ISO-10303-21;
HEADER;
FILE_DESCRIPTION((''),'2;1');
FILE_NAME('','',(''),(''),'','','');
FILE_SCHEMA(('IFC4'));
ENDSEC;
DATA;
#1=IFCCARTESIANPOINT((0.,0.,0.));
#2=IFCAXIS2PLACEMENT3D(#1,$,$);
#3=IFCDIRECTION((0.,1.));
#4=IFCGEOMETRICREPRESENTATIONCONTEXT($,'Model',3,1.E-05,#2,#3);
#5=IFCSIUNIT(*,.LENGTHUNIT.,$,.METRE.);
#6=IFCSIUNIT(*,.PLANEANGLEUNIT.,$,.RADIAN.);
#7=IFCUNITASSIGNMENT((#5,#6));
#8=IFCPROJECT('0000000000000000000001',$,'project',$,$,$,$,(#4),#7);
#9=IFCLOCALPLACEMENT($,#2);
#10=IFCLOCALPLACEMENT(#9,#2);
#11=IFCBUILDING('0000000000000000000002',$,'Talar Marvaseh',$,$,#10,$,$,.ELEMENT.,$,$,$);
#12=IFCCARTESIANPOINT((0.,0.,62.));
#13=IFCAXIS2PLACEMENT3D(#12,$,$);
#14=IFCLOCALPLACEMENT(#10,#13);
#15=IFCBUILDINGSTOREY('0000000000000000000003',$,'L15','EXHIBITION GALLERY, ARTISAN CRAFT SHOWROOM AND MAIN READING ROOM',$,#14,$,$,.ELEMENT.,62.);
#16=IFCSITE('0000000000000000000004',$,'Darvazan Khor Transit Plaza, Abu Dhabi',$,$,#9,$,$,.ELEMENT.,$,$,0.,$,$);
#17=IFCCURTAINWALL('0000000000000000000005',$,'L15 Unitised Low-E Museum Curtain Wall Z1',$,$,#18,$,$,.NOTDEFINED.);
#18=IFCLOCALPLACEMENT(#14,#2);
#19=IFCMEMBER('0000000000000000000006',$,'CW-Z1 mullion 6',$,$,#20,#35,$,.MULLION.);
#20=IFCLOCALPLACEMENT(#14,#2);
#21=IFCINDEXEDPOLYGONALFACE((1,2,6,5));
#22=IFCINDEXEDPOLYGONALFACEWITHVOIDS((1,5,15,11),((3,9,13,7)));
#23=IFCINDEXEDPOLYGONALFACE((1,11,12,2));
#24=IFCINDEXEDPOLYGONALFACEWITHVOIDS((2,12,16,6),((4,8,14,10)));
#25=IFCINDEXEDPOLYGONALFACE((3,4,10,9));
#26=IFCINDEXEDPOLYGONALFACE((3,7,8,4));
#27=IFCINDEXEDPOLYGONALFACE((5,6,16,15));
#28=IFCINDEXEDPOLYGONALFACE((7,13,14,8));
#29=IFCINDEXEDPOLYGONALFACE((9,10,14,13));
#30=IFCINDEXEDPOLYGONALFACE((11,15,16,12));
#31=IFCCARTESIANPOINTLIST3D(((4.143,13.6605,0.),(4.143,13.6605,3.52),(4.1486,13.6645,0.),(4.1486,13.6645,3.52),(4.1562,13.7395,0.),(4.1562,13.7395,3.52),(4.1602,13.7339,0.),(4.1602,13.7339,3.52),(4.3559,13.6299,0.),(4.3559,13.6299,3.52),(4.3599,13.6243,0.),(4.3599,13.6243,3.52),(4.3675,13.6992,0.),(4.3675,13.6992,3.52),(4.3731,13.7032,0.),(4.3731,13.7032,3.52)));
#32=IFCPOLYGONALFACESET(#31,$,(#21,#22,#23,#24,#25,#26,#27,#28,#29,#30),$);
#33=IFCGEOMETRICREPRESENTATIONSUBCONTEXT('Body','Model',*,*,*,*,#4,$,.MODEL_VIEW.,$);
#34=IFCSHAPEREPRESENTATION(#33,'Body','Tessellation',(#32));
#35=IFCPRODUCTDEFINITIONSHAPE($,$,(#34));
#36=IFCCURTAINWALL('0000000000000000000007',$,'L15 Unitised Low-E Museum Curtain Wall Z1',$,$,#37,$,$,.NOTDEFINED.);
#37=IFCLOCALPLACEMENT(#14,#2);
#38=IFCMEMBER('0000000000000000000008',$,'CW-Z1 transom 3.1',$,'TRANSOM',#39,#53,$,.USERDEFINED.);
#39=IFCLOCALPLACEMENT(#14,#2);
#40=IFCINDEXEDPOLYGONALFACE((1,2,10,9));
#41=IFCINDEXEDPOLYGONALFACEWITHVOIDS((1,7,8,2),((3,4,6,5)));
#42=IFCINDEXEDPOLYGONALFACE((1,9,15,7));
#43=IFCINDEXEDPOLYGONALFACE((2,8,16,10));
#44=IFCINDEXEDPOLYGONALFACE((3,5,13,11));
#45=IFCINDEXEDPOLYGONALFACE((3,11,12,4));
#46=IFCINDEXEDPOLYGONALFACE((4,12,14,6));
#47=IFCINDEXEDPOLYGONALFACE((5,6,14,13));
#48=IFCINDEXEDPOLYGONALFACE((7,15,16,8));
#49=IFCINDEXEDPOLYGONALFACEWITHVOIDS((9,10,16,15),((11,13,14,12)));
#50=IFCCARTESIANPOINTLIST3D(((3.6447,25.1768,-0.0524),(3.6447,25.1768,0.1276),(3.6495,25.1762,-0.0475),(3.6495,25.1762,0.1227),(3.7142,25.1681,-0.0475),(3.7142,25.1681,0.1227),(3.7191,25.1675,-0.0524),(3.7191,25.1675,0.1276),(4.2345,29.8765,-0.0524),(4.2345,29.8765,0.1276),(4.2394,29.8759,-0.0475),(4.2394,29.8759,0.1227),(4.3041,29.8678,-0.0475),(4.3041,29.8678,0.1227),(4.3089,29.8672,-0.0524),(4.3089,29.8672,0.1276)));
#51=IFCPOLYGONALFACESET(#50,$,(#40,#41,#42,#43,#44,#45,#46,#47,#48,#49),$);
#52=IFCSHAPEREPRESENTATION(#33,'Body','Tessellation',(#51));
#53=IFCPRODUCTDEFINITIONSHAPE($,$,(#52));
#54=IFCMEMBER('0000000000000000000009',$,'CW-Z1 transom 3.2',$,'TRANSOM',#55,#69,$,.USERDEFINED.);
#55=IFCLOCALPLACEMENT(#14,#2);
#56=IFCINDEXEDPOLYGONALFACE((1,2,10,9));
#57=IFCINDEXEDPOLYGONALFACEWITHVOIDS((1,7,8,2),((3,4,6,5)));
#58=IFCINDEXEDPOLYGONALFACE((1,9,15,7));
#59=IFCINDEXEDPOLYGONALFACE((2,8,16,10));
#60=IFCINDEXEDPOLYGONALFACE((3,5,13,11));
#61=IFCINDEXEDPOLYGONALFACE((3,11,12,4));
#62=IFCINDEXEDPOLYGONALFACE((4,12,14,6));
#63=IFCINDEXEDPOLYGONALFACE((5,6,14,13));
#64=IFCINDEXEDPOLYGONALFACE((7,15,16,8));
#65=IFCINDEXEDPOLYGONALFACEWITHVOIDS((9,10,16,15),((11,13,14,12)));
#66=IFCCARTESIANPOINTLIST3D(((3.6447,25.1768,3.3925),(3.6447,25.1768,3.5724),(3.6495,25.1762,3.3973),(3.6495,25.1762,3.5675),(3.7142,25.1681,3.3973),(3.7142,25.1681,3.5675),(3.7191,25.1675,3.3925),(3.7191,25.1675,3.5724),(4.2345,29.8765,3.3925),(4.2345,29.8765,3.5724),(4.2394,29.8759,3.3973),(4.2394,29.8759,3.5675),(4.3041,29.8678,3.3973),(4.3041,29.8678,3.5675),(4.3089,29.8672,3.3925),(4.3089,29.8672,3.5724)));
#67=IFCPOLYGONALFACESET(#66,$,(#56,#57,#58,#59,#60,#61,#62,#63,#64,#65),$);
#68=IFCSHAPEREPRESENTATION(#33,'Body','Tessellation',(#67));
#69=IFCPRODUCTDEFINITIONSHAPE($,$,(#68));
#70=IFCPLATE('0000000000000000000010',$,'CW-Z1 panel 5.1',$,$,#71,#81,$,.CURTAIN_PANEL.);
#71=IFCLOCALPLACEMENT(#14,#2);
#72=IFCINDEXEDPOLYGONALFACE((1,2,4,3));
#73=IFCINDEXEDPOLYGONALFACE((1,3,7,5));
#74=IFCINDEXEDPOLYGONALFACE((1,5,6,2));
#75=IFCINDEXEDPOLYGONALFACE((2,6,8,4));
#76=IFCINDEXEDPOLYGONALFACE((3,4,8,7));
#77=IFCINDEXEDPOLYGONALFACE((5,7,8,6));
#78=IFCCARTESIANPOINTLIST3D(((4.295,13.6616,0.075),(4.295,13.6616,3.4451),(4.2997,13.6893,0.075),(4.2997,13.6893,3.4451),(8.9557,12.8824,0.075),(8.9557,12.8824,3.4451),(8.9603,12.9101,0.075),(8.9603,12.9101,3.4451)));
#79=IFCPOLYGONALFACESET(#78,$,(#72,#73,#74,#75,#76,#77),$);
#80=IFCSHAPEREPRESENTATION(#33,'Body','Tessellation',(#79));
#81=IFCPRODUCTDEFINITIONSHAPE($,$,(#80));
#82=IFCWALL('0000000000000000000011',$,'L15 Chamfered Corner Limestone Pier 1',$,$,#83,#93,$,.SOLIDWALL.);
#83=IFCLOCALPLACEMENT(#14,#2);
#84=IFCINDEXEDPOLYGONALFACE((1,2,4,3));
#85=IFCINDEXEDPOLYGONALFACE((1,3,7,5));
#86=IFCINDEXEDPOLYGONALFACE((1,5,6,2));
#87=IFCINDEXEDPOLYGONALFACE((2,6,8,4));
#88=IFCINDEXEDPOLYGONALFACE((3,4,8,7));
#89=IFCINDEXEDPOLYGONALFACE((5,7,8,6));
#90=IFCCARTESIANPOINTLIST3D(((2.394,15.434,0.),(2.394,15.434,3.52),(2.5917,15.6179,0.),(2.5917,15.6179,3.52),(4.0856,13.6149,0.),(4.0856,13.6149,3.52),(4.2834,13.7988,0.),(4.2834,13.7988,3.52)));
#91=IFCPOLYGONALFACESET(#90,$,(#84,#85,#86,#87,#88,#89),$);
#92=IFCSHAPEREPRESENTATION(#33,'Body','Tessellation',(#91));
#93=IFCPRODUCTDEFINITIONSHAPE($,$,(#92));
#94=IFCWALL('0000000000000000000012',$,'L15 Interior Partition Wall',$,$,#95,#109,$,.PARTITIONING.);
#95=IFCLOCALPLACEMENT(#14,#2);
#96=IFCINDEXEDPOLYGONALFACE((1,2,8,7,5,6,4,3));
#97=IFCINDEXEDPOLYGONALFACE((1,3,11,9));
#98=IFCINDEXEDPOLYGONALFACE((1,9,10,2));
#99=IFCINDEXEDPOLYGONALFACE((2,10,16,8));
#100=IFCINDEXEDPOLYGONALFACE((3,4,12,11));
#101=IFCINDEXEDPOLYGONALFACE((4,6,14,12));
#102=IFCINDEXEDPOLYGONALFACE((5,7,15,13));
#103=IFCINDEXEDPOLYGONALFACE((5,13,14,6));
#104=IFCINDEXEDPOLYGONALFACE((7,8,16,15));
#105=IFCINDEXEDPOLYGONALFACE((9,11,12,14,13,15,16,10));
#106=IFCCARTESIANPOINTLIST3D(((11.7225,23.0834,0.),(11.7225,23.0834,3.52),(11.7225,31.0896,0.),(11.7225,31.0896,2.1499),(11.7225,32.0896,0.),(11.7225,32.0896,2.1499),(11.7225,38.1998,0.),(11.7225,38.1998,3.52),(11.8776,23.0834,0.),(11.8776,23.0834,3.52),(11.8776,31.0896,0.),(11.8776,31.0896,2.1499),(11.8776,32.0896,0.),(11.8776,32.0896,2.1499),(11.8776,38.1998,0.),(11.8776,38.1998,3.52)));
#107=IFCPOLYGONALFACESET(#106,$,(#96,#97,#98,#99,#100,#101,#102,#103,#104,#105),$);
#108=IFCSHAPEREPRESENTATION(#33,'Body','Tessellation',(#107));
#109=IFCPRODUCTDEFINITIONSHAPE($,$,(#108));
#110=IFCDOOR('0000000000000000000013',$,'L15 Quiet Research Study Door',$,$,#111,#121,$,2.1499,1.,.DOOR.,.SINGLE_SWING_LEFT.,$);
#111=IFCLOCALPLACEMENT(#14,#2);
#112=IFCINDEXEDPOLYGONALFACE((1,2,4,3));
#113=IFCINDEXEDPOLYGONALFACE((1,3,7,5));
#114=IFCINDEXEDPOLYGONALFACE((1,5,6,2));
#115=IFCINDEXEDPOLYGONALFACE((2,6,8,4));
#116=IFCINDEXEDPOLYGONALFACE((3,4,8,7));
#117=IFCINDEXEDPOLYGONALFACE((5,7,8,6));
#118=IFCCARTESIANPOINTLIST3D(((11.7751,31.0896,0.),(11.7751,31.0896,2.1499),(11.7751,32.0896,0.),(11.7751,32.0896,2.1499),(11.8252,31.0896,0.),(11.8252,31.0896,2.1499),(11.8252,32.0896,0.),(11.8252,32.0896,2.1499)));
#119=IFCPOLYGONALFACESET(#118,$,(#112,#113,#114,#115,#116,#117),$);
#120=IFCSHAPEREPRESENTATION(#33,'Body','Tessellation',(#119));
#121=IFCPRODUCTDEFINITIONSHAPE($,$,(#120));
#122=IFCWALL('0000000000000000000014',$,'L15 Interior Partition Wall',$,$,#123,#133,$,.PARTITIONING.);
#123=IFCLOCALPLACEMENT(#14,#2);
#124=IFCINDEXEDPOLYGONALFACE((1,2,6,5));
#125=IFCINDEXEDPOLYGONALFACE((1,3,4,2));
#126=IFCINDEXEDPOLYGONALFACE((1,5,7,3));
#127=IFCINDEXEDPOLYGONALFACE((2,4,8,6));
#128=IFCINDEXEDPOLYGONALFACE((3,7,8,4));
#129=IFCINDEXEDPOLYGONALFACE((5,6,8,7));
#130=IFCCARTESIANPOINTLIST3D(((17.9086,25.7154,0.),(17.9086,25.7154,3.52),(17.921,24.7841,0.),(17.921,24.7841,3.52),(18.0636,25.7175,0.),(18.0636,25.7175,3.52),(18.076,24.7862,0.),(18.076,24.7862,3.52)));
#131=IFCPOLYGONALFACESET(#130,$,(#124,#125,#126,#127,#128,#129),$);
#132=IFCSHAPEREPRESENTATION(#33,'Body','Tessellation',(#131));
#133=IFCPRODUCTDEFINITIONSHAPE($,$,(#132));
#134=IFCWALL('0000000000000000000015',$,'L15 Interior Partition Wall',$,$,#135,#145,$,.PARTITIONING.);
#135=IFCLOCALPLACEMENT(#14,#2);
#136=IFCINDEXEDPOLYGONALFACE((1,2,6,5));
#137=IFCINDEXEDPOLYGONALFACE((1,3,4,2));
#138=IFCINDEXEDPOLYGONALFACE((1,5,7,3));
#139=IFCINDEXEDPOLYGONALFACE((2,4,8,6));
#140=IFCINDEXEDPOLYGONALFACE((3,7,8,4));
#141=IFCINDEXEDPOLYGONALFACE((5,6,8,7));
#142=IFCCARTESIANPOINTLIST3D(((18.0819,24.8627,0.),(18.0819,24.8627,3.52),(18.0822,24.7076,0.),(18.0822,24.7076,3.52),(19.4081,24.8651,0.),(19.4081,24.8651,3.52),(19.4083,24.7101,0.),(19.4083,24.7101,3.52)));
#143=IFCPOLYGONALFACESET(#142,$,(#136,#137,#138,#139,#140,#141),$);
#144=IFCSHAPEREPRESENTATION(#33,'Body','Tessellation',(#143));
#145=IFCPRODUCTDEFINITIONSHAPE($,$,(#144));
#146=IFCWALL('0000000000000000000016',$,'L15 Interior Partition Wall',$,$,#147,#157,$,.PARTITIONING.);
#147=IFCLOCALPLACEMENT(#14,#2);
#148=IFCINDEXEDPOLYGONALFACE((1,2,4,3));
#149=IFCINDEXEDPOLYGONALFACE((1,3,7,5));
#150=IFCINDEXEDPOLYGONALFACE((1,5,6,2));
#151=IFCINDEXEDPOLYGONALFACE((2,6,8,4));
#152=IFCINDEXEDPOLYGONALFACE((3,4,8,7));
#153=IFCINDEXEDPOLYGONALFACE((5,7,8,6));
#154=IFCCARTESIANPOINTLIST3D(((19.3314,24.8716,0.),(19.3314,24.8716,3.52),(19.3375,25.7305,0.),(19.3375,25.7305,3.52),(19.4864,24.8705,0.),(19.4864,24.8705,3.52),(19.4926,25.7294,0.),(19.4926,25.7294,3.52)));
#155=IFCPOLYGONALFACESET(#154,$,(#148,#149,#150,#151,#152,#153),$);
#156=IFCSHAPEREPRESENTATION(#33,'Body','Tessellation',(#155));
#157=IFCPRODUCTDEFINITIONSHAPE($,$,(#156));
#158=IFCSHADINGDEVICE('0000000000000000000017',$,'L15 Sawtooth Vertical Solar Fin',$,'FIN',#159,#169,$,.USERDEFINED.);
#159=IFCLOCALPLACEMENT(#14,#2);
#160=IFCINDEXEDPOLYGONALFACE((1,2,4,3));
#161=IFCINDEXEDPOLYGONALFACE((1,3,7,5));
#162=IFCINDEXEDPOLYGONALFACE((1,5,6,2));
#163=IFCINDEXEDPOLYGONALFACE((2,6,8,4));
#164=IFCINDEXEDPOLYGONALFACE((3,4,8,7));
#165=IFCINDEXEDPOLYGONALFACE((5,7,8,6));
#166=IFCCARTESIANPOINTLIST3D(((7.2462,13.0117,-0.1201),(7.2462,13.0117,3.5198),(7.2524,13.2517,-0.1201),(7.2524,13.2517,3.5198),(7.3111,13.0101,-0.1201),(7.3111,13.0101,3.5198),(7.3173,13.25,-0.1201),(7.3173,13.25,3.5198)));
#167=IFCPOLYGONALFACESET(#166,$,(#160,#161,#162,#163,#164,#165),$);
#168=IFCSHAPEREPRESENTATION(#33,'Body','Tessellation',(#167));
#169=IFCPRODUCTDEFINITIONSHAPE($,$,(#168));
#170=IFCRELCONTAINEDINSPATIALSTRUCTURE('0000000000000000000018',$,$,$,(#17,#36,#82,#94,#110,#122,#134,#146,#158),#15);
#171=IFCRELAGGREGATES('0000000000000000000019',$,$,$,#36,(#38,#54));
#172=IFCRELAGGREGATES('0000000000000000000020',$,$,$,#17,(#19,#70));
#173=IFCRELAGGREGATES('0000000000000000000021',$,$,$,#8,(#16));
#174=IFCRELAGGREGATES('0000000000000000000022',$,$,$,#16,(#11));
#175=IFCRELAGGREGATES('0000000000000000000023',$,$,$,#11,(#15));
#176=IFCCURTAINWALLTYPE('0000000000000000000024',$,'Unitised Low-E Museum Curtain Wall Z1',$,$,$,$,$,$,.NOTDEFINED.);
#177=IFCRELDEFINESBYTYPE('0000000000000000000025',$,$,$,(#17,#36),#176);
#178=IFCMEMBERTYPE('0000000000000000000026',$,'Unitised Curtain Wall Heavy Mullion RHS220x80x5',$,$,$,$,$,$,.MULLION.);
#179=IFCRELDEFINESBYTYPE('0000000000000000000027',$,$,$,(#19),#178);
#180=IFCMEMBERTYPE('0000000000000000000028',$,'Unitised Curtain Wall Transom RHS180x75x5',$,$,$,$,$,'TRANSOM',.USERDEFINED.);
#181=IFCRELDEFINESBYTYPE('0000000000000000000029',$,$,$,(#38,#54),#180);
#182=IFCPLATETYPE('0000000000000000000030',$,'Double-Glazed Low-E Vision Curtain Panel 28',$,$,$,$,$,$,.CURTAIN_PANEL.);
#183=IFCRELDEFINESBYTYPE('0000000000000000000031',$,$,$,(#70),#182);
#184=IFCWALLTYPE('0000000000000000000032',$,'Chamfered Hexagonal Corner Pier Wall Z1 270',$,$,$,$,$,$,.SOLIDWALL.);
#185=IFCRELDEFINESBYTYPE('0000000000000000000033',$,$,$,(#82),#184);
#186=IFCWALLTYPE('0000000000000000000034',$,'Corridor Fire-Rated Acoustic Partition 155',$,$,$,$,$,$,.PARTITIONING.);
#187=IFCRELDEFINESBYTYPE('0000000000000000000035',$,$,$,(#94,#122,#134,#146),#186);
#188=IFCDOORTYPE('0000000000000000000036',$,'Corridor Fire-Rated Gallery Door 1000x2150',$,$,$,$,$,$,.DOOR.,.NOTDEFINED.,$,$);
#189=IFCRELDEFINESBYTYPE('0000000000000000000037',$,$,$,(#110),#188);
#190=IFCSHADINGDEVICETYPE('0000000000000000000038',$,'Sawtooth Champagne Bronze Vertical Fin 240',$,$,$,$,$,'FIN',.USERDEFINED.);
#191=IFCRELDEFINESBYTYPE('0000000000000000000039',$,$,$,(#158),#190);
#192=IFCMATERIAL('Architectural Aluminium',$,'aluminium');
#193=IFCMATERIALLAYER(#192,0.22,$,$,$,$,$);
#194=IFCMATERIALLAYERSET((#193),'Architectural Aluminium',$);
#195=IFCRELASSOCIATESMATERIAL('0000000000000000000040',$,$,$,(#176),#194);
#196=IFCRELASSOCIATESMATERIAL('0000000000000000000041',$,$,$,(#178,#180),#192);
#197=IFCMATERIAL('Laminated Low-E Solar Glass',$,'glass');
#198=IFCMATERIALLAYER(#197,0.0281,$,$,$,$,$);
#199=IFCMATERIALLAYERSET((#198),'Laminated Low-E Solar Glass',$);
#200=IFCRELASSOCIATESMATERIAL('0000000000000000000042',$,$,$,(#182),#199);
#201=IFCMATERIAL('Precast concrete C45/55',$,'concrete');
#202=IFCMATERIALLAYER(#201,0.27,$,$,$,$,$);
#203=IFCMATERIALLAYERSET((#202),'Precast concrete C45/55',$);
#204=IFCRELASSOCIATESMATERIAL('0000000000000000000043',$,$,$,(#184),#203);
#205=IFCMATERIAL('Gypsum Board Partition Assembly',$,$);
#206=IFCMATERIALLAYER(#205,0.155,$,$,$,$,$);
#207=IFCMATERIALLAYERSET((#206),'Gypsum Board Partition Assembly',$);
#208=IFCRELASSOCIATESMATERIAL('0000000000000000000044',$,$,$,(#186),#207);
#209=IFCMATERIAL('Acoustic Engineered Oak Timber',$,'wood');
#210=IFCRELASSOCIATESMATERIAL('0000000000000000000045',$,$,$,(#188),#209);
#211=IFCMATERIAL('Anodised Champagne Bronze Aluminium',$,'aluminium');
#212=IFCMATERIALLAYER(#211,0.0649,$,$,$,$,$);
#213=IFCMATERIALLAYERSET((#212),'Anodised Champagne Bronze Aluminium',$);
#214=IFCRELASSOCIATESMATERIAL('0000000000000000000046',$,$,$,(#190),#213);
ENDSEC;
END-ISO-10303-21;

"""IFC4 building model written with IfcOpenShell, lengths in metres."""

from ifc_helpers import new_model, si_unit, direction, frame, frame_2d, origin, origin_2d, place, context, subcontext, project, spatial, rectangle, hollow_rectangle, extrude, source, transform, mapped, material, layer, layer_set, material_profile, profile_set, type_object, type_shapes, element, fill, aggregate, save


model = new_model("IFC4")

# Units and contexts
model_context = context("Model", 3, precision=1e-05, world=origin(), true_north=direction((0.0, 1.0)))
body_context = subcontext(model_context, "Body", "Model", "MODEL_VIEW")
ifc_project = project(units=[si_unit("LENGTHUNIT", "METRE"), si_unit("PLANEANGLEUNIT", "RADIAN")], contexts=[model_context])

# Site, building, storey
site_placement = place(None, origin())
site = spatial("IfcSite", under=ifc_project, at=site_placement, Name="Darvazan Khor Transit Plaza, Abu Dhabi", CompositionType="ELEMENT", RefElevation=0.0)
building_placement = place(site_placement, origin())
building = spatial("IfcBuilding", under=site, at=building_placement, Name="Talar Marvaseh", CompositionType="ELEMENT")
storey_placement = place(building_placement, frame((0.0, 0.0, 62.0)))
storey = spatial("IfcBuildingStorey", under=building, at=storey_placement, Name="L15", Description="EXHIBITION GALLERY, ARTISAN CRAFT SHOWROOM AND MAIN READING ROOM", CompositionType="ELEMENT", Elevation=62.0)

# Curtain wall, member
ifc_material_1 = material(Name="Architectural Aluminium", Category="aluminium")
ifc_layer_1 = layer(ifc_material_1, 0.22)
ifc_layer_set_1 = layer_set([ifc_layer_1], Name="Architectural Aluminium")
curtain_wall_type = type_object("IfcCurtainWallType", Name="Unitised Low-E Museum Curtain Wall Z1", PredefinedType="NOTDEFINED", material=ifc_layer_set_1)
curtain_wall_1_placement = place(storey_placement, origin())
curtain_wall_1 = element("IfcCurtainWall", 1, at=curtain_wall_1_placement, inside=storey, type_object=curtain_wall_type, Name="L15 Unitised Low-E Museum Curtain Wall Z1", PredefinedType="NOTDEFINED")
ifc_material_profile_1 = material_profile(ifc_material_1, hollow_rectangle(XDim=0.0801, YDim=0.22, WallThickness=0.0049, at=origin_2d()), Name="RHS220x80x5")
ifc_profile_set_1 = profile_set([ifc_material_profile_1], Name="Architectural Aluminium")
member_type_1 = type_object("IfcMemberType", Name="Unitised Curtain Wall Heavy Mullion RHS220x80x5", PredefinedType="MULLION", material=ifc_profile_set_1)
shared_shape_1 = source(origin(), body_context, "Body", "SweptSolid", [
    extrude(hollow_rectangle(XDim=0.0801, YDim=0.22, WallThickness=0.0049, at=origin_2d()), origin(), (0.0, 0.0, 1.0), 3.52),
])
type_shapes(member_type_1, [shared_shape_1])
member_1_placement = place(storey_placement, frame((4.2581, 13.6819, 0.0), z_axis=(0.0, 0.0, 1.0), x_axis=(-0.164896, -0.986311, 0.0)))
member_1 = element("IfcMember", 2, at=member_1_placement, type_object=member_type_1, Name="CW-Z1 mullion 6", PredefinedType="MULLION", context=body_context, shape_type="MappedRepresentation", body=[
    mapped(shared_shape_1, transform((0.0, 0.0, 0.0), x_axis=(1.0, 0.0, 0.0), y_axis=(0.0, 1.0, 0.0), z_axis=(0.0, 0.0, 1.0), scale=1.0)),
])

# Curtain wall, members
curtain_wall_2_placement = place(storey_placement, origin())
curtain_wall_2 = element("IfcCurtainWall", 3, at=curtain_wall_2_placement, inside=storey, type_object=curtain_wall_type, Name="L15 Unitised Low-E Museum Curtain Wall Z1", PredefinedType="NOTDEFINED")
ifc_material_profile_2 = material_profile(ifc_material_1, hollow_rectangle(XDim=0.075, YDim=0.1799, WallThickness=0.0049, at=origin_2d()), Name="RHS180x75x5")
ifc_profile_set_2 = profile_set([ifc_material_profile_2], Name="Architectural Aluminium")
member_type_2 = type_object("IfcMemberType", Name="Unitised Curtain Wall Transom RHS180x75x5", ElementType="TRANSOM", PredefinedType="USERDEFINED", material=ifc_profile_set_2)
shared_shape_2 = source(origin(), body_context, "Body", "SweptSolid", [
    extrude(hollow_rectangle(XDim=0.075, YDim=0.1799, WallThickness=0.0049, at=origin_2d()), origin(), (0.0, 0.0, 1.0), 4.7366),
])
type_shapes(member_type_2, [shared_shape_2])
member_2_placement = place(storey_placement, frame((3.6819, 25.1721, 0.0376), z_axis=(0.12453, 0.992216, 0.0), x_axis=(-0.992216, 0.12453, 0.0)))
member_2 = element("IfcMember", 4, at=member_2_placement, type_object=member_type_2, Name="CW-Z1 transom 3.1", ObjectType="TRANSOM", PredefinedType="USERDEFINED", context=body_context, shape_type="MappedRepresentation", body=[
    mapped(shared_shape_2, transform((0.0, 0.0, 0.0), x_axis=(1.0, 0.0, 0.0), y_axis=(0.0, 1.0, 0.0), z_axis=(0.0, 0.0, 1.0), scale=1.0)),
])
member_3_placement = place(storey_placement, frame((3.6819, 25.1721, 3.4824), z_axis=(0.12453, 0.992216, 0.0), x_axis=(-0.992216, 0.12453, 0.0)))
member_3 = element("IfcMember", 5, at=member_3_placement, type_object=member_type_2, Name="CW-Z1 transom 3.2", ObjectType="TRANSOM", PredefinedType="USERDEFINED", context=body_context, shape_type="MappedRepresentation", body=[
    mapped(shared_shape_2, transform((0.0, 0.0, 0.0), x_axis=(1.0, 0.0, 0.0), y_axis=(0.0, 1.0, 0.0), z_axis=(0.0, 0.0, 1.0), scale=1.0)),
])
aggregate(curtain_wall_2, [member_2, member_3])

# Plate
ifc_material_2 = material(Name="Laminated Low-E Solar Glass", Category="glass")
ifc_layer_2 = layer(ifc_material_2, 0.0281)
ifc_layer_set_2 = layer_set([ifc_layer_2], Name="Laminated Low-E Solar Glass")
plate_type = type_object("IfcPlateType", Name="Double-Glazed Low-E Vision Curtain Panel 28", PredefinedType="CURTAIN_PANEL", material=ifc_layer_set_2)
shared_shape_3 = source(origin(), body_context, "Body", "SweptSolid", [
    extrude(rectangle(XDim=4.7253, YDim=0.0281, at=origin_2d()), origin(), (0.0, 0.0, 1.0), 3.3701),
])
type_shapes(plate_type, [shared_shape_3])
plate_placement = place(storey_placement, frame((6.6277, 13.2859, 0.075), z_axis=(0.0, 0.0, 1.0), x_axis=(-0.986311, 0.164896, 0.0)))
plate = element("IfcPlate", 6, at=plate_placement, type_object=plate_type, Name="CW-Z1 panel 5.1", PredefinedType="CURTAIN_PANEL", context=body_context, shape_type="MappedRepresentation", body=[
    mapped(shared_shape_3, transform((0.0, 0.0, 0.0), x_axis=(1.0, 0.0, 0.0), y_axis=(0.0, 1.0, 0.0), z_axis=(0.0, 0.0, 1.0), scale=1.0)),
])
aggregate(curtain_wall_1, [member_1, plate])

# Wall
ifc_material_3 = material(Name="Precast concrete C45/55", Category="concrete")
ifc_layer_3 = layer(ifc_material_3, 0.27)
ifc_layer_set_3 = layer_set([ifc_layer_3], Name="Precast concrete C45/55")
wall_type_1 = type_object("IfcWallType", Name="Chamfered Hexagonal Corner Pier Wall Z1 270", PredefinedType="SOLIDWALL", material=ifc_layer_set_3)
wall_1_placement = place(storey_placement, frame((4.1846, 13.7068, 0.0), z_axis=(0.0, 0.0, 1.0), x_axis=(-0.68099, 0.732293, 0.0)))
element("IfcWall", 7, at=wall_1_placement, inside=storey, type_object=wall_type_1, Name="L15 Chamfered Corner Limestone Pier 1", PredefinedType="SOLIDWALL", context=body_context, shape_type="SweptSolid", body=[
    extrude(rectangle(XDim=2.4841, YDim=0.27, at=frame_2d((1.2422, 0.0))), origin(), (0.0, 0.0, 1.0), 3.52),
])

# Wall, opening, door
ifc_material_4 = material(Name="Gypsum Board Partition Assembly")
ifc_layer_4 = layer(ifc_material_4, 0.155)
ifc_layer_set_4 = layer_set([ifc_layer_4], Name="Gypsum Board Partition Assembly")
wall_type_2 = type_object("IfcWallType", Name="Corridor Fire-Rated Acoustic Partition 155", PredefinedType="PARTITIONING", material=ifc_layer_set_4)
wall_2_placement = place(storey_placement, frame((11.8, 23.0835, 0.0), z_axis=(0.0, 0.0, 1.0), x_axis=(0.0, 1.0, 0.0)))
wall_2 = element("IfcWall", 8, at=wall_2_placement, inside=storey, type_object=wall_type_2, Name="L15 Interior Partition Wall", PredefinedType="PARTITIONING", context=body_context, shape_type="SweptSolid", body=[
    extrude(rectangle(XDim=15.1165, YDim=0.155, at=frame_2d((7.5581, 0.0))), origin(), (0.0, 0.0, 1.0), 3.52),
])
opening_placement = place(wall_2_placement, frame((8.0061, 0.0, 0.0)))
opening = element("IfcOpeningElement", 9, at=opening_placement, cuts=wall_2, PredefinedType="OPENING", context=body_context, shape_type="SweptSolid", body=[
    extrude(rectangle(XDim=1.0, YDim=2.1499, at=frame_2d((0.5, 1.075))), frame((0.0, 0.0874, 0.0), z_axis=(0.0, -1.0, 0.0), x_axis=(1.0, 0.0, 0.0)), (0.0, 0.0, 1.0), 0.175),
])
ifc_material_5 = material(Name="Acoustic Engineered Oak Timber", Category="wood")
door_type = type_object("IfcDoorType", Name="Corridor Fire-Rated Gallery Door 1000x2150", OperationType="NOTDEFINED", PredefinedType="DOOR", material=ifc_material_5)
shared_shape_4 = source(origin(), body_context, "Body", "SweptSolid", [
    extrude(rectangle(XDim=1.0, YDim=2.1499, at=frame_2d((0.5, 1.075))), frame((0.0, 0.0249, 0.0), z_axis=(0.0, -1.0, 0.0), x_axis=(1.0, 0.0, 0.0)), (0.0, 0.0, 1.0), 0.05),
])
type_shapes(door_type, [shared_shape_4])
door_placement = place(opening_placement, origin())
door = element("IfcDoor", 10, at=door_placement, inside=storey, type_object=door_type, Name="L15 Quiet Research Study Door", OperationType="SINGLE_SWING_LEFT", OverallHeight=2.1499, OverallWidth=1.0, PredefinedType="DOOR", context=body_context, shape_type="MappedRepresentation", body=[
    mapped(shared_shape_4, transform((0.0, 0.0, 0.0), x_axis=(1.0, 0.0, 0.0), y_axis=(0.0, 1.0, 0.0), z_axis=(0.0, 0.0, 1.0), scale=1.0)),
])
fill(opening, door)

# Walls
wall_3_placement = place(storey_placement, frame((17.9861, 25.7166, 0.0), z_axis=(0.0, 0.0, 1.0), x_axis=(0.013367, -0.999911, 0.0)))
element("IfcWall", 11, at=wall_3_placement, inside=storey, type_object=wall_type_2, Name="L15 Interior Partition Wall", PredefinedType="PARTITIONING", context=body_context, shape_type="SweptSolid", body=[
    extrude(rectangle(XDim=0.9314, YDim=0.155, at=frame_2d((0.4658, 0.0))), origin(), (0.0, 0.0, 1.0), 3.52),
])
wall_4_placement = place(storey_placement, frame((18.082, 24.7852, 0.0), z_axis=(0.0, 0.0, 1.0), x_axis=(0.999998, 0.001841, 0.0)))
element("IfcWall", 12, at=wall_4_placement, inside=storey, type_object=wall_type_2, Name="L15 Interior Partition Wall", PredefinedType="PARTITIONING", context=body_context, shape_type="SweptSolid", body=[
    extrude(rectangle(XDim=1.3262, YDim=0.155, at=frame_2d((0.6631, 0.0))), origin(), (0.0, 0.0, 1.0), 3.52),
])
wall_5_placement = place(storey_placement, frame((19.4089, 24.8711, 0.0), z_axis=(0.0, 0.0, 1.0), x_axis=(0.007106, 0.999975, 0.0)))
element("IfcWall", 13, at=wall_5_placement, inside=storey, type_object=wall_type_2, Name="L15 Interior Partition Wall", PredefinedType="PARTITIONING", context=body_context, shape_type="SweptSolid", body=[
    extrude(rectangle(XDim=0.8589, YDim=0.155, at=frame_2d((0.4294, 0.0))), origin(), (0.0, 0.0, 1.0), 3.52),
])

# Shading device
ifc_material_6 = material(Name="Anodised Champagne Bronze Aluminium", Category="aluminium")
ifc_layer_5 = layer(ifc_material_6, 0.0649)
ifc_layer_set_5 = layer_set([ifc_layer_5], Name="Anodised Champagne Bronze Aluminium")
shading_device_type = type_object("IfcShadingDeviceType", Name="Sawtooth Champagne Bronze Vertical Fin 240", ElementType="FIN", PredefinedType="USERDEFINED", material=ifc_layer_set_5)
shared_shape_5 = source(origin(), body_context, "Body", "SweptSolid", [
    extrude(rectangle(XDim=0.24, YDim=0.0649, at=origin_2d()), origin(), (0.0, 0.0, 1.0), 3.6399),
])
type_shapes(shading_device_type, [shared_shape_5])
for number, where, z_axis, x_axis, name in (
    (14, (7.2817, 13.1309, -0.1201), (0.0, 0.0, 1.0), (-0.026002, -0.999662, 0.0), "L15 Sawtooth Vertical Solar Fin"),
):
    element("IfcShadingDevice", number, at=place(storey_placement, frame(where, z_axis=z_axis, x_axis=x_axis)), inside=storey, type_object=shading_device_type, Name=name, ObjectType="FIN", PredefinedType="USERDEFINED", context=body_context, shape_type="MappedRepresentation", body=[
        mapped(shared_shape_5, transform((0.0, 0.0, 0.0), x_axis=(1.0, 0.0, 0.0), y_axis=(0.0, 1.0, 0.0), z_axis=(0.0, 0.0, 1.0), scale=1.0)),
    ])

save(model, "model.ifc")
